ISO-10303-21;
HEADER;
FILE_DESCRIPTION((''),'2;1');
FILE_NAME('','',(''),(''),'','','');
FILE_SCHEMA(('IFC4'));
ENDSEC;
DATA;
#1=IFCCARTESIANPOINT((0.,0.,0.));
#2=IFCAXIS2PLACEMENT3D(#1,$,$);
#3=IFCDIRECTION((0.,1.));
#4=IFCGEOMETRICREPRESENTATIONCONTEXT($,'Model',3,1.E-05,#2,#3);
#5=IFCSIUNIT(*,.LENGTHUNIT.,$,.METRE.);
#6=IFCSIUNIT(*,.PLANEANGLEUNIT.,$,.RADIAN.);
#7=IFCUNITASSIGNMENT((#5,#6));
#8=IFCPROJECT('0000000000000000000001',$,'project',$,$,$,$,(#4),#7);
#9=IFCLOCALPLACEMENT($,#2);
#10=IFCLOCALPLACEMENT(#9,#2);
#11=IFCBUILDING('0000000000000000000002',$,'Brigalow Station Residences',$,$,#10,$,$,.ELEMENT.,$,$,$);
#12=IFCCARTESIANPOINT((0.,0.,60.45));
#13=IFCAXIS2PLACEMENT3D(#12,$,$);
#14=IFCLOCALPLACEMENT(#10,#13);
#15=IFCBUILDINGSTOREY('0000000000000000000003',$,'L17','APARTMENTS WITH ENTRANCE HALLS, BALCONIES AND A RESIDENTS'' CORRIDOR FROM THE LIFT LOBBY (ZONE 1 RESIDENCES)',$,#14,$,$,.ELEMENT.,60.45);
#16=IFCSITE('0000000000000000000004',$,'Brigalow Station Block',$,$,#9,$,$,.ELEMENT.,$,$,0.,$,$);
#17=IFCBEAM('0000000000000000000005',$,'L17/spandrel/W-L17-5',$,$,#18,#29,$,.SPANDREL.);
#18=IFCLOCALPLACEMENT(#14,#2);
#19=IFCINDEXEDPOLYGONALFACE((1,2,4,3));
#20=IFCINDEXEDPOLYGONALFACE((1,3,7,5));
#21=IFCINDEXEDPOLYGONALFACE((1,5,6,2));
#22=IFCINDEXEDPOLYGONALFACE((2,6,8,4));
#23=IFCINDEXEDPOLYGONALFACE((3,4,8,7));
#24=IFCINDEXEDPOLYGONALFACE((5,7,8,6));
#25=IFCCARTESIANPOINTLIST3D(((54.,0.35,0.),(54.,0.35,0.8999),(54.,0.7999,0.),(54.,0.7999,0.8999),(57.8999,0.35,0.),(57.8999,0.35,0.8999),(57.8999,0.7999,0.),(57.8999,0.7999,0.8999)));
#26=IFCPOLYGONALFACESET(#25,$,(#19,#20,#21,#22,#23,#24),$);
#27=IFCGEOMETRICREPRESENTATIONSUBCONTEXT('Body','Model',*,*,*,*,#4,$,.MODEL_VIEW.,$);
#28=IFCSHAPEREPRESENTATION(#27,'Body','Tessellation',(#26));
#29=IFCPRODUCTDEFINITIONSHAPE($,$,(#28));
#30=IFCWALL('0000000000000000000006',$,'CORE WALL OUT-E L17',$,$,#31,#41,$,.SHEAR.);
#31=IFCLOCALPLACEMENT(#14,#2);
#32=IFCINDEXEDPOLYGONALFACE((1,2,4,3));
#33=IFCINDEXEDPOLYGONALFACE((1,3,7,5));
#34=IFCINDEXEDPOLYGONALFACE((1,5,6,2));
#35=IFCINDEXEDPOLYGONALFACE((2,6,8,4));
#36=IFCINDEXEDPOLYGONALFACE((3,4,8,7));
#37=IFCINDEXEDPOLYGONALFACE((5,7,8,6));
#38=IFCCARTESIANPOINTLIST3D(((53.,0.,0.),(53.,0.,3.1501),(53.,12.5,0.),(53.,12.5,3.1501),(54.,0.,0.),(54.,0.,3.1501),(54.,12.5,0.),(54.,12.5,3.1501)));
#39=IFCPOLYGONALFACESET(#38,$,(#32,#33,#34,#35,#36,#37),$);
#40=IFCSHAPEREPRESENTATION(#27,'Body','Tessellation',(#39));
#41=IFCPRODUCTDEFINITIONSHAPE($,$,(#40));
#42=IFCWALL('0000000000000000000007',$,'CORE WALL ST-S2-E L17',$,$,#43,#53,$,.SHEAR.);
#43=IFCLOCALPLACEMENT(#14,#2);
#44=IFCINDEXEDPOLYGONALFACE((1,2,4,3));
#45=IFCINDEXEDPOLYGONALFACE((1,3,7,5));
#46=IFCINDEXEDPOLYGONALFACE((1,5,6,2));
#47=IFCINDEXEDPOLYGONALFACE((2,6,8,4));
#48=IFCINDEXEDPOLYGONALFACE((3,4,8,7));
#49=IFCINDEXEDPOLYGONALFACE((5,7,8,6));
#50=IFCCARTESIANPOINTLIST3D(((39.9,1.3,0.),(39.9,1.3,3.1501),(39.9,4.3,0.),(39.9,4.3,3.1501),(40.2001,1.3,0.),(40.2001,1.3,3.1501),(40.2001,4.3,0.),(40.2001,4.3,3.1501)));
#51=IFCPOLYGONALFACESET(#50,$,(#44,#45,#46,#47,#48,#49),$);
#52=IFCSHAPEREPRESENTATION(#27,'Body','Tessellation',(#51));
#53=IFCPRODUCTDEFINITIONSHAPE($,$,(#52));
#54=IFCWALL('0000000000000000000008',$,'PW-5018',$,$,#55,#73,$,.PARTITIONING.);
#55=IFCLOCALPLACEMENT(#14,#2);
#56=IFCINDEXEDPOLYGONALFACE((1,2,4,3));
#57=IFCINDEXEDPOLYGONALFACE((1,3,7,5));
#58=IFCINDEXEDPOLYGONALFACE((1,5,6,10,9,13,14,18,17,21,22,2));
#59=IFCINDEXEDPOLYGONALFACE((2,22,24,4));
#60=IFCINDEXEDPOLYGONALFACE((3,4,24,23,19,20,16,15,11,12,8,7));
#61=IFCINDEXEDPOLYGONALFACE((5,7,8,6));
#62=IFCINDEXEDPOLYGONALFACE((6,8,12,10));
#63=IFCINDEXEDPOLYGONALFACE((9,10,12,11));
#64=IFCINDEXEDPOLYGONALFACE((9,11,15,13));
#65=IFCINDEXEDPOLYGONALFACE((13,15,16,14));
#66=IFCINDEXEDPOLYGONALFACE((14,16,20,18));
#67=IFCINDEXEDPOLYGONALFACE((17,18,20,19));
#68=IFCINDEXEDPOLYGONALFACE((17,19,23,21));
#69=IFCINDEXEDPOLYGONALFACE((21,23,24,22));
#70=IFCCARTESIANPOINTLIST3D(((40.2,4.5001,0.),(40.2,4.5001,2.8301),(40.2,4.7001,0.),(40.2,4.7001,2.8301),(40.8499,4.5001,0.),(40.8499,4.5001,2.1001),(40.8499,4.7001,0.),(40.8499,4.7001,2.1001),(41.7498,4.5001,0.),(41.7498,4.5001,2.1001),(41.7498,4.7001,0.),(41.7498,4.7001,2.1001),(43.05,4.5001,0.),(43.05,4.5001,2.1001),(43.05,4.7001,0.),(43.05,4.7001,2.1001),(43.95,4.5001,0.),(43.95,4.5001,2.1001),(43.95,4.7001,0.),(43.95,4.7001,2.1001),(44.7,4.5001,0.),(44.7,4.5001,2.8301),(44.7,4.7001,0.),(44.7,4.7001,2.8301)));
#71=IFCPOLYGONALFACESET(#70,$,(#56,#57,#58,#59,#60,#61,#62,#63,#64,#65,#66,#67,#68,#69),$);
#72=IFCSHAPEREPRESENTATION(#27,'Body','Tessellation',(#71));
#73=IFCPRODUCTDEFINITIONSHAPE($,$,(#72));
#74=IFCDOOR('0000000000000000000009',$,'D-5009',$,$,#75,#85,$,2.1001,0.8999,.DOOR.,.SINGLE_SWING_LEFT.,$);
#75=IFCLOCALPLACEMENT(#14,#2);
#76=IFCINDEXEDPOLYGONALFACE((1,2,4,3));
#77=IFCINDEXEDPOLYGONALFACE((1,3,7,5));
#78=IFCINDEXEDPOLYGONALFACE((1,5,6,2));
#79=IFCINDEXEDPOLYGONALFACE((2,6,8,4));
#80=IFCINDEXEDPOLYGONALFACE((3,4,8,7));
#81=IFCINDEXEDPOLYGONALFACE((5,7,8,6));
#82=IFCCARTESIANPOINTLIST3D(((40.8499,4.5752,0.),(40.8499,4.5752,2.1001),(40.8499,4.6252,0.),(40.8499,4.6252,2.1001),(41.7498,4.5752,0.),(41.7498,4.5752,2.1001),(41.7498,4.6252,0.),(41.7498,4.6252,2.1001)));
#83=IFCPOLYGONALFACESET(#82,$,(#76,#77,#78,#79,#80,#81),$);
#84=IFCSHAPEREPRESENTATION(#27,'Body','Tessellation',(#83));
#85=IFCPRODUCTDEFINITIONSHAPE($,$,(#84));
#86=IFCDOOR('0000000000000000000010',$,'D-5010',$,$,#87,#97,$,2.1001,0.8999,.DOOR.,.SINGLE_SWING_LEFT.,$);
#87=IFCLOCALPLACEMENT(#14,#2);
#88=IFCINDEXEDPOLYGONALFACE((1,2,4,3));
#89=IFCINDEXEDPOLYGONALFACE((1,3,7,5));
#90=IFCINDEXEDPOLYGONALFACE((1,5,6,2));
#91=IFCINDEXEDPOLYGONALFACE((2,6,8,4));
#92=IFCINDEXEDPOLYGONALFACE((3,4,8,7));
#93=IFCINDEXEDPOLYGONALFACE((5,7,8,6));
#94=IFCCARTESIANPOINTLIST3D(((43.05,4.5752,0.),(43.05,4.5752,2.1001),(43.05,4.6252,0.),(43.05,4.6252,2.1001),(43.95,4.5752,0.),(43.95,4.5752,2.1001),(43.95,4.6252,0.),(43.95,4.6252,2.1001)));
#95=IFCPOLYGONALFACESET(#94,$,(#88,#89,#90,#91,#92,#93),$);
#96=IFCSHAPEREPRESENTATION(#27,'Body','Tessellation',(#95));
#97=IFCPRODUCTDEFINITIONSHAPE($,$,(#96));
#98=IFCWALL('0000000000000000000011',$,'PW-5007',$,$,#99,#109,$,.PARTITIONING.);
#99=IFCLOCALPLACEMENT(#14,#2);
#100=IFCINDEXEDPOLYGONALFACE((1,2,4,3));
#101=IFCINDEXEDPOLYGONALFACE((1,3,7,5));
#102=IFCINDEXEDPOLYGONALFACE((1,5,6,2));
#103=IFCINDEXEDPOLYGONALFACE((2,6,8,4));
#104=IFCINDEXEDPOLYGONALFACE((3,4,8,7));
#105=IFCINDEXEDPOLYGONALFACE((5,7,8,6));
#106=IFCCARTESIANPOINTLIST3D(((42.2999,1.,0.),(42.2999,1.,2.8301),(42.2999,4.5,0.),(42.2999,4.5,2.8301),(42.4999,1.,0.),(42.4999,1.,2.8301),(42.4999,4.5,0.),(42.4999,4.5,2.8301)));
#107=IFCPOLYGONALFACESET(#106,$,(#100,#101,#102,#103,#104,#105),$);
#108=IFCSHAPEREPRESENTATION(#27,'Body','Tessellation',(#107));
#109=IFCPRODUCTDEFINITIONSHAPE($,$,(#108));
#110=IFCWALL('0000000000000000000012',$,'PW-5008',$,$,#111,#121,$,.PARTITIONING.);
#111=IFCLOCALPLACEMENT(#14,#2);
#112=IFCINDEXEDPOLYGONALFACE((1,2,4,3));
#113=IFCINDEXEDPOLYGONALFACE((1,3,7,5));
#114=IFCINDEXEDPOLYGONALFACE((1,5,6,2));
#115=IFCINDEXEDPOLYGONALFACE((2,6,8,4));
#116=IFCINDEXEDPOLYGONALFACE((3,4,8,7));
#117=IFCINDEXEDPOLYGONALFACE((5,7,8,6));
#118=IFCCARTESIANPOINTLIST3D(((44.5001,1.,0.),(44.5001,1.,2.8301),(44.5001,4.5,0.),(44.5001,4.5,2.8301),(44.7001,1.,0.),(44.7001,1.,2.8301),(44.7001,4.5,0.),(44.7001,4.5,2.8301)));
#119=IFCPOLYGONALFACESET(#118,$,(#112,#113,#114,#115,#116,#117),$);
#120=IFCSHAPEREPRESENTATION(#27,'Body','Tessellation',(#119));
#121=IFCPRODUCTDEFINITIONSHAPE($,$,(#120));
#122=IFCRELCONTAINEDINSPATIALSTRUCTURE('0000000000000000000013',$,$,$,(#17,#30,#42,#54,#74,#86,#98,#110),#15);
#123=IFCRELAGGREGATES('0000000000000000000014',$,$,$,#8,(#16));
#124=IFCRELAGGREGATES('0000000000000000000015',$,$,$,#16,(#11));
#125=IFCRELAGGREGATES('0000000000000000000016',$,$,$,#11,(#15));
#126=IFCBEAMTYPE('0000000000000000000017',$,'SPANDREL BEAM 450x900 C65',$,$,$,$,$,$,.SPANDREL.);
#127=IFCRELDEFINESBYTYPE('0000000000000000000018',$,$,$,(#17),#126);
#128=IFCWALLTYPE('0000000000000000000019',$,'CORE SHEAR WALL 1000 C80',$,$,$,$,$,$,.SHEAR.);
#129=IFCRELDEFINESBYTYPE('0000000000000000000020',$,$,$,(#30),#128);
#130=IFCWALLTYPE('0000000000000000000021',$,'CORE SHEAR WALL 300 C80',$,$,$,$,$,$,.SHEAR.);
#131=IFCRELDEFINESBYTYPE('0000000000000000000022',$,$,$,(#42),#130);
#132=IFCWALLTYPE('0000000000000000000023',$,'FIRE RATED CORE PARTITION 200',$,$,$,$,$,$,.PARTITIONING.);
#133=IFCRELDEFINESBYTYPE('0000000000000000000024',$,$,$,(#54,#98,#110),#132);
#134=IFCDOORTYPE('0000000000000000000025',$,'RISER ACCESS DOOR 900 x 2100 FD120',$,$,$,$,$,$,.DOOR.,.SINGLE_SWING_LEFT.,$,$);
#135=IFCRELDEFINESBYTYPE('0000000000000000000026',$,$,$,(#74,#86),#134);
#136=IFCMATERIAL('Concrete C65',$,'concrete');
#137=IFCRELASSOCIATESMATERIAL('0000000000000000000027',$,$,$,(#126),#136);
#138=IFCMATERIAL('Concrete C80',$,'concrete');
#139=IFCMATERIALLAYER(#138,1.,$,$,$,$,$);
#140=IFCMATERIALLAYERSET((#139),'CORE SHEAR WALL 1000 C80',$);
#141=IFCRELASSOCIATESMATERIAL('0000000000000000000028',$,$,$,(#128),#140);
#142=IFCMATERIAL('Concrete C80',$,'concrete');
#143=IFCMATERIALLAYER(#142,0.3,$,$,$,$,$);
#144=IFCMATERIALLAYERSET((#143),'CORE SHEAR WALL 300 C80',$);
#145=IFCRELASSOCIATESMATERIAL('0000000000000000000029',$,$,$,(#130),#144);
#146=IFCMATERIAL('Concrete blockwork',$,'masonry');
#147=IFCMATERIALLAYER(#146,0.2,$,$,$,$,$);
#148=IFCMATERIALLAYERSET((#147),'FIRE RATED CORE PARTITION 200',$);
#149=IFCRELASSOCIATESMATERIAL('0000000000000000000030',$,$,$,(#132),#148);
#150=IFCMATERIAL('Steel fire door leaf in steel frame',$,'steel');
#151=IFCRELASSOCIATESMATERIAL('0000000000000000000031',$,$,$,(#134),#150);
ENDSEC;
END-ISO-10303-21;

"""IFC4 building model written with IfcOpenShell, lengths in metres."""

from ifc_helpers import new_model, si_unit, direction, frame, frame_2d, origin, origin_2d, place, context, subcontext, project, spatial, rectangle, extrude, material, layer, layer_set, material_profile, profile_set, type_object, element, fill, save


model = new_model("IFC4")

# Units and contexts
model_context = context("Model", 3, precision=1e-05, world=origin(), true_north=direction((0.0, 1.0)))
body_context = subcontext(model_context, "Body", "Model", "MODEL_VIEW")
ifc_project = project(units=[si_unit("LENGTHUNIT", "METRE"), si_unit("PLANEANGLEUNIT", "RADIAN")], contexts=[model_context])

# Site, building, storey
site_placement = place(None, origin())
site = spatial("IfcSite", under=ifc_project, at=site_placement, Name="Brigalow Station Block", CompositionType="ELEMENT", RefElevation=0.0)
building_placement = place(site_placement, origin())
building = spatial("IfcBuilding", under=site, at=building_placement, Name="Brigalow Station Residences", CompositionType="ELEMENT")
storey_placement = place(building_placement, frame((0.0, 0.0, 60.45)))
storey = spatial("IfcBuildingStorey", under=building, at=storey_placement, Name="L17", Description="APARTMENTS WITH ENTRANCE HALLS, BALCONIES AND A RESIDENTS' CORRIDOR FROM THE LIFT LOBBY (ZONE 1 RESIDENCES)", CompositionType="ELEMENT", Elevation=60.45)

# Beam
ifc_material_1 = material(Name="Concrete C65", Category="concrete")
ifc_material_profile = material_profile(ifc_material_1, rectangle(XDim=0.45, YDim=0.8999, at=origin_2d()), Name="RC450x900")
ifc_profile_set = profile_set([ifc_material_profile], Name="Concrete C65")
beam_type = type_object("IfcBeamType", Name="SPANDREL BEAM 450x900 C65", PredefinedType="SPANDREL", material=ifc_profile_set)
beam_placement = place(storey_placement, frame((54.0, 0.575, 0.45), z_axis=(1.0, 0.0, 0.0), x_axis=(0.0, 1.0, 0.0)))
element("IfcBeam", 1, at=beam_placement, inside=storey, type_object=beam_type, Name="L17/spandrel/W-L17-5", PredefinedType="SPANDREL", context=body_context, shape_type="SweptSolid", body=[
    extrude(rectangle(XDim=0.45, YDim=0.8999, at=origin_2d()), origin(), (0.0, 0.0, 1.0), 3.8999),
])

# Walls
ifc_material_2 = material(Name="Concrete C80", Category="concrete")
ifc_layer_1 = layer(ifc_material_2, 1.0)
ifc_layer_set_1 = layer_set([ifc_layer_1], Name="CORE SHEAR WALL 1000 C80")
wall_type_1 = type_object("IfcWallType", Name="CORE SHEAR WALL 1000 C80", PredefinedType="SHEAR", material=ifc_layer_set_1)
wall_1_placement = place(storey_placement, frame((53.5, 0.0, 0.0), z_axis=(0.0, 0.0, 1.0), x_axis=(0.0, 1.0, 0.0)))
element("IfcWall", 2, at=wall_1_placement, inside=storey, type_object=wall_type_1, Name="CORE WALL OUT-E L17", PredefinedType="SHEAR", context=body_context, shape_type="SweptSolid", body=[
    extrude(rectangle(XDim=12.5, YDim=1.0, at=frame_2d((6.25, 0.0))), origin(), (0.0, 0.0, 1.0), 3.1501),
])
ifc_material_3 = material(Name="Concrete C80", Category="concrete")
ifc_layer_2 = layer(ifc_material_3, 0.3)
ifc_layer_set_2 = layer_set([ifc_layer_2], Name="CORE SHEAR WALL 300 C80")
wall_type_2 = type_object("IfcWallType", Name="CORE SHEAR WALL 300 C80", PredefinedType="SHEAR", material=ifc_layer_set_2)
wall_2_placement = place(storey_placement, frame((40.05, 1.3, 0.0), z_axis=(0.0, 0.0, 1.0), x_axis=(0.0, 1.0, 0.0)))
element("IfcWall", 3, at=wall_2_placement, inside=storey, type_object=wall_type_2, Name="CORE WALL ST-S2-E L17", PredefinedType="SHEAR", context=body_context, shape_type="SweptSolid", body=[
    extrude(rectangle(XDim=3.0, YDim=0.3, at=frame_2d((1.5, 0.0))), origin(), (0.0, 0.0, 1.0), 3.1501),
])

# Wall, openings, doors
ifc_material_4 = material(Name="Concrete blockwork", Category="masonry")
ifc_layer_3 = layer(ifc_material_4, 0.2)
ifc_layer_set_3 = layer_set([ifc_layer_3], Name="FIRE RATED CORE PARTITION 200")
wall_type_3 = type_object("IfcWallType", Name="FIRE RATED CORE PARTITION 200", PredefinedType="PARTITIONING", material=ifc_layer_set_3)
wall_3_placement = place(storey_placement, frame((40.2, 4.6001, 0.0), z_axis=(0.0, 0.0, 1.0), x_axis=(1.0, 0.0, 0.0)))
wall_3 = element("IfcWall", 4, at=wall_3_placement, inside=storey, type_object=wall_type_3, Name="PW-5018", PredefinedType="PARTITIONING", context=body_context, shape_type="SweptSolid", body=[
    extrude(rectangle(XDim=4.5, YDim=0.2, at=frame_2d((2.25, 0.0))), origin(), (0.0, 0.0, 1.0), 2.8301),
])
opening_1_placement = place(wall_3_placement, frame((0.6499, 0.0, 0.0)))
opening_1 = element("IfcOpeningElement", 5, at=opening_1_placement, cuts=wall_3, PredefinedType="OPENING", context=body_context, shape_type="SweptSolid", body=[
    extrude(rectangle(XDim=0.8999, YDim=2.1001, at=frame_2d((0.45, 1.05))), frame((0.0, 0.1099, 0.0), z_axis=(0.0, -1.0, 0.0), x_axis=(1.0, 0.0, 0.0)), (0.0, 0.0, 1.0), 0.22),
])
opening_2_placement = place(wall_3_placement, frame((2.8501, 0.0, 0.0)))
opening_2 = element("IfcOpeningElement", 6, at=opening_2_placement, cuts=wall_3, PredefinedType="OPENING", context=body_context, shape_type="SweptSolid", body=[
    extrude(rectangle(XDim=0.8999, YDim=2.1001, at=frame_2d((0.45, 1.05))), frame((0.0, 0.1099, 0.0), z_axis=(0.0, -1.0, 0.0), x_axis=(1.0, 0.0, 0.0)), (0.0, 0.0, 1.0), 0.22),
])
ifc_material_5 = material(Name="Steel fire door leaf in steel frame", Category="steel")
door_type_1 = type_object("IfcDoorType", Name="RISER ACCESS DOOR 900 x 2100 FD120", OperationType="SINGLE_SWING_LEFT", PredefinedType="DOOR", material=ifc_material_5)
door_1_placement = place(opening_1_placement, frame((0.8999, 0.0, 0.0), z_axis=(0.0, 0.0, 1.0), x_axis=(-1.0, 0.0, 0.0)))
door_1 = element("IfcDoor", 7, at=door_1_placement, inside=storey, type_object=door_type_1, Name="D-5009", OperationType="SINGLE_SWING_LEFT", OverallHeight=2.1001, OverallWidth=0.8999, PredefinedType="DOOR", context=body_context, shape_type="SweptSolid", body=[
    extrude(rectangle(XDim=0.8999, YDim=2.1001, at=frame_2d((0.45, 1.05))), frame((0.0, 0.0249, 0.0), z_axis=(0.0, -1.0, 0.0), x_axis=(1.0, 0.0, 0.0)), (0.0, 0.0, 1.0), 0.05),
])
fill(opening_1, door_1)
door_2_placement = place(opening_2_placement, frame((0.8999, 0.0, 0.0), z_axis=(0.0, 0.0, 1.0), x_axis=(-1.0, 0.0, 0.0)))
door_2 = element("IfcDoor", 8, at=door_2_placement, inside=storey, type_object=door_type_1, Name="D-5010", OperationType="SINGLE_SWING_LEFT", OverallHeight=2.1001, OverallWidth=0.8999, PredefinedType="DOOR", context=body_context, shape_type="SweptSolid", body=[
    extrude(rectangle(XDim=0.8999, YDim=2.1001, at=frame_2d((0.45, 1.05))), frame((0.0, 0.0249, 0.0), z_axis=(0.0, -1.0, 0.0), x_axis=(1.0, 0.0, 0.0)), (0.0, 0.0, 1.0), 0.05),
])
fill(opening_2, door_2)

# Walls
for number, where, z_axis, x_axis, name in (
    (9, (42.3999, 1.0, 0.0), (0.0, 0.0, 1.0), (0.0, 1.0, 0.0), "PW-5007"),
    (10, (44.6001, 1.0, 0.0), (0.0, 0.0, 1.0), (0.0, 1.0, 0.0), "PW-5008"),
):
    element("IfcWall", number, at=place(storey_placement, frame(where, z_axis=z_axis, x_axis=x_axis)), inside=storey, type_object=wall_type_3, Name=name, PredefinedType="PARTITIONING", context=body_context, shape_type="SweptSolid", body=[
        extrude(rectangle(XDim=3.5, YDim=0.2, at=frame_2d((1.75, 0.0))), origin(), (0.0, 0.0, 1.0), 2.8301),
    ])

save(model, "model.ifc")
